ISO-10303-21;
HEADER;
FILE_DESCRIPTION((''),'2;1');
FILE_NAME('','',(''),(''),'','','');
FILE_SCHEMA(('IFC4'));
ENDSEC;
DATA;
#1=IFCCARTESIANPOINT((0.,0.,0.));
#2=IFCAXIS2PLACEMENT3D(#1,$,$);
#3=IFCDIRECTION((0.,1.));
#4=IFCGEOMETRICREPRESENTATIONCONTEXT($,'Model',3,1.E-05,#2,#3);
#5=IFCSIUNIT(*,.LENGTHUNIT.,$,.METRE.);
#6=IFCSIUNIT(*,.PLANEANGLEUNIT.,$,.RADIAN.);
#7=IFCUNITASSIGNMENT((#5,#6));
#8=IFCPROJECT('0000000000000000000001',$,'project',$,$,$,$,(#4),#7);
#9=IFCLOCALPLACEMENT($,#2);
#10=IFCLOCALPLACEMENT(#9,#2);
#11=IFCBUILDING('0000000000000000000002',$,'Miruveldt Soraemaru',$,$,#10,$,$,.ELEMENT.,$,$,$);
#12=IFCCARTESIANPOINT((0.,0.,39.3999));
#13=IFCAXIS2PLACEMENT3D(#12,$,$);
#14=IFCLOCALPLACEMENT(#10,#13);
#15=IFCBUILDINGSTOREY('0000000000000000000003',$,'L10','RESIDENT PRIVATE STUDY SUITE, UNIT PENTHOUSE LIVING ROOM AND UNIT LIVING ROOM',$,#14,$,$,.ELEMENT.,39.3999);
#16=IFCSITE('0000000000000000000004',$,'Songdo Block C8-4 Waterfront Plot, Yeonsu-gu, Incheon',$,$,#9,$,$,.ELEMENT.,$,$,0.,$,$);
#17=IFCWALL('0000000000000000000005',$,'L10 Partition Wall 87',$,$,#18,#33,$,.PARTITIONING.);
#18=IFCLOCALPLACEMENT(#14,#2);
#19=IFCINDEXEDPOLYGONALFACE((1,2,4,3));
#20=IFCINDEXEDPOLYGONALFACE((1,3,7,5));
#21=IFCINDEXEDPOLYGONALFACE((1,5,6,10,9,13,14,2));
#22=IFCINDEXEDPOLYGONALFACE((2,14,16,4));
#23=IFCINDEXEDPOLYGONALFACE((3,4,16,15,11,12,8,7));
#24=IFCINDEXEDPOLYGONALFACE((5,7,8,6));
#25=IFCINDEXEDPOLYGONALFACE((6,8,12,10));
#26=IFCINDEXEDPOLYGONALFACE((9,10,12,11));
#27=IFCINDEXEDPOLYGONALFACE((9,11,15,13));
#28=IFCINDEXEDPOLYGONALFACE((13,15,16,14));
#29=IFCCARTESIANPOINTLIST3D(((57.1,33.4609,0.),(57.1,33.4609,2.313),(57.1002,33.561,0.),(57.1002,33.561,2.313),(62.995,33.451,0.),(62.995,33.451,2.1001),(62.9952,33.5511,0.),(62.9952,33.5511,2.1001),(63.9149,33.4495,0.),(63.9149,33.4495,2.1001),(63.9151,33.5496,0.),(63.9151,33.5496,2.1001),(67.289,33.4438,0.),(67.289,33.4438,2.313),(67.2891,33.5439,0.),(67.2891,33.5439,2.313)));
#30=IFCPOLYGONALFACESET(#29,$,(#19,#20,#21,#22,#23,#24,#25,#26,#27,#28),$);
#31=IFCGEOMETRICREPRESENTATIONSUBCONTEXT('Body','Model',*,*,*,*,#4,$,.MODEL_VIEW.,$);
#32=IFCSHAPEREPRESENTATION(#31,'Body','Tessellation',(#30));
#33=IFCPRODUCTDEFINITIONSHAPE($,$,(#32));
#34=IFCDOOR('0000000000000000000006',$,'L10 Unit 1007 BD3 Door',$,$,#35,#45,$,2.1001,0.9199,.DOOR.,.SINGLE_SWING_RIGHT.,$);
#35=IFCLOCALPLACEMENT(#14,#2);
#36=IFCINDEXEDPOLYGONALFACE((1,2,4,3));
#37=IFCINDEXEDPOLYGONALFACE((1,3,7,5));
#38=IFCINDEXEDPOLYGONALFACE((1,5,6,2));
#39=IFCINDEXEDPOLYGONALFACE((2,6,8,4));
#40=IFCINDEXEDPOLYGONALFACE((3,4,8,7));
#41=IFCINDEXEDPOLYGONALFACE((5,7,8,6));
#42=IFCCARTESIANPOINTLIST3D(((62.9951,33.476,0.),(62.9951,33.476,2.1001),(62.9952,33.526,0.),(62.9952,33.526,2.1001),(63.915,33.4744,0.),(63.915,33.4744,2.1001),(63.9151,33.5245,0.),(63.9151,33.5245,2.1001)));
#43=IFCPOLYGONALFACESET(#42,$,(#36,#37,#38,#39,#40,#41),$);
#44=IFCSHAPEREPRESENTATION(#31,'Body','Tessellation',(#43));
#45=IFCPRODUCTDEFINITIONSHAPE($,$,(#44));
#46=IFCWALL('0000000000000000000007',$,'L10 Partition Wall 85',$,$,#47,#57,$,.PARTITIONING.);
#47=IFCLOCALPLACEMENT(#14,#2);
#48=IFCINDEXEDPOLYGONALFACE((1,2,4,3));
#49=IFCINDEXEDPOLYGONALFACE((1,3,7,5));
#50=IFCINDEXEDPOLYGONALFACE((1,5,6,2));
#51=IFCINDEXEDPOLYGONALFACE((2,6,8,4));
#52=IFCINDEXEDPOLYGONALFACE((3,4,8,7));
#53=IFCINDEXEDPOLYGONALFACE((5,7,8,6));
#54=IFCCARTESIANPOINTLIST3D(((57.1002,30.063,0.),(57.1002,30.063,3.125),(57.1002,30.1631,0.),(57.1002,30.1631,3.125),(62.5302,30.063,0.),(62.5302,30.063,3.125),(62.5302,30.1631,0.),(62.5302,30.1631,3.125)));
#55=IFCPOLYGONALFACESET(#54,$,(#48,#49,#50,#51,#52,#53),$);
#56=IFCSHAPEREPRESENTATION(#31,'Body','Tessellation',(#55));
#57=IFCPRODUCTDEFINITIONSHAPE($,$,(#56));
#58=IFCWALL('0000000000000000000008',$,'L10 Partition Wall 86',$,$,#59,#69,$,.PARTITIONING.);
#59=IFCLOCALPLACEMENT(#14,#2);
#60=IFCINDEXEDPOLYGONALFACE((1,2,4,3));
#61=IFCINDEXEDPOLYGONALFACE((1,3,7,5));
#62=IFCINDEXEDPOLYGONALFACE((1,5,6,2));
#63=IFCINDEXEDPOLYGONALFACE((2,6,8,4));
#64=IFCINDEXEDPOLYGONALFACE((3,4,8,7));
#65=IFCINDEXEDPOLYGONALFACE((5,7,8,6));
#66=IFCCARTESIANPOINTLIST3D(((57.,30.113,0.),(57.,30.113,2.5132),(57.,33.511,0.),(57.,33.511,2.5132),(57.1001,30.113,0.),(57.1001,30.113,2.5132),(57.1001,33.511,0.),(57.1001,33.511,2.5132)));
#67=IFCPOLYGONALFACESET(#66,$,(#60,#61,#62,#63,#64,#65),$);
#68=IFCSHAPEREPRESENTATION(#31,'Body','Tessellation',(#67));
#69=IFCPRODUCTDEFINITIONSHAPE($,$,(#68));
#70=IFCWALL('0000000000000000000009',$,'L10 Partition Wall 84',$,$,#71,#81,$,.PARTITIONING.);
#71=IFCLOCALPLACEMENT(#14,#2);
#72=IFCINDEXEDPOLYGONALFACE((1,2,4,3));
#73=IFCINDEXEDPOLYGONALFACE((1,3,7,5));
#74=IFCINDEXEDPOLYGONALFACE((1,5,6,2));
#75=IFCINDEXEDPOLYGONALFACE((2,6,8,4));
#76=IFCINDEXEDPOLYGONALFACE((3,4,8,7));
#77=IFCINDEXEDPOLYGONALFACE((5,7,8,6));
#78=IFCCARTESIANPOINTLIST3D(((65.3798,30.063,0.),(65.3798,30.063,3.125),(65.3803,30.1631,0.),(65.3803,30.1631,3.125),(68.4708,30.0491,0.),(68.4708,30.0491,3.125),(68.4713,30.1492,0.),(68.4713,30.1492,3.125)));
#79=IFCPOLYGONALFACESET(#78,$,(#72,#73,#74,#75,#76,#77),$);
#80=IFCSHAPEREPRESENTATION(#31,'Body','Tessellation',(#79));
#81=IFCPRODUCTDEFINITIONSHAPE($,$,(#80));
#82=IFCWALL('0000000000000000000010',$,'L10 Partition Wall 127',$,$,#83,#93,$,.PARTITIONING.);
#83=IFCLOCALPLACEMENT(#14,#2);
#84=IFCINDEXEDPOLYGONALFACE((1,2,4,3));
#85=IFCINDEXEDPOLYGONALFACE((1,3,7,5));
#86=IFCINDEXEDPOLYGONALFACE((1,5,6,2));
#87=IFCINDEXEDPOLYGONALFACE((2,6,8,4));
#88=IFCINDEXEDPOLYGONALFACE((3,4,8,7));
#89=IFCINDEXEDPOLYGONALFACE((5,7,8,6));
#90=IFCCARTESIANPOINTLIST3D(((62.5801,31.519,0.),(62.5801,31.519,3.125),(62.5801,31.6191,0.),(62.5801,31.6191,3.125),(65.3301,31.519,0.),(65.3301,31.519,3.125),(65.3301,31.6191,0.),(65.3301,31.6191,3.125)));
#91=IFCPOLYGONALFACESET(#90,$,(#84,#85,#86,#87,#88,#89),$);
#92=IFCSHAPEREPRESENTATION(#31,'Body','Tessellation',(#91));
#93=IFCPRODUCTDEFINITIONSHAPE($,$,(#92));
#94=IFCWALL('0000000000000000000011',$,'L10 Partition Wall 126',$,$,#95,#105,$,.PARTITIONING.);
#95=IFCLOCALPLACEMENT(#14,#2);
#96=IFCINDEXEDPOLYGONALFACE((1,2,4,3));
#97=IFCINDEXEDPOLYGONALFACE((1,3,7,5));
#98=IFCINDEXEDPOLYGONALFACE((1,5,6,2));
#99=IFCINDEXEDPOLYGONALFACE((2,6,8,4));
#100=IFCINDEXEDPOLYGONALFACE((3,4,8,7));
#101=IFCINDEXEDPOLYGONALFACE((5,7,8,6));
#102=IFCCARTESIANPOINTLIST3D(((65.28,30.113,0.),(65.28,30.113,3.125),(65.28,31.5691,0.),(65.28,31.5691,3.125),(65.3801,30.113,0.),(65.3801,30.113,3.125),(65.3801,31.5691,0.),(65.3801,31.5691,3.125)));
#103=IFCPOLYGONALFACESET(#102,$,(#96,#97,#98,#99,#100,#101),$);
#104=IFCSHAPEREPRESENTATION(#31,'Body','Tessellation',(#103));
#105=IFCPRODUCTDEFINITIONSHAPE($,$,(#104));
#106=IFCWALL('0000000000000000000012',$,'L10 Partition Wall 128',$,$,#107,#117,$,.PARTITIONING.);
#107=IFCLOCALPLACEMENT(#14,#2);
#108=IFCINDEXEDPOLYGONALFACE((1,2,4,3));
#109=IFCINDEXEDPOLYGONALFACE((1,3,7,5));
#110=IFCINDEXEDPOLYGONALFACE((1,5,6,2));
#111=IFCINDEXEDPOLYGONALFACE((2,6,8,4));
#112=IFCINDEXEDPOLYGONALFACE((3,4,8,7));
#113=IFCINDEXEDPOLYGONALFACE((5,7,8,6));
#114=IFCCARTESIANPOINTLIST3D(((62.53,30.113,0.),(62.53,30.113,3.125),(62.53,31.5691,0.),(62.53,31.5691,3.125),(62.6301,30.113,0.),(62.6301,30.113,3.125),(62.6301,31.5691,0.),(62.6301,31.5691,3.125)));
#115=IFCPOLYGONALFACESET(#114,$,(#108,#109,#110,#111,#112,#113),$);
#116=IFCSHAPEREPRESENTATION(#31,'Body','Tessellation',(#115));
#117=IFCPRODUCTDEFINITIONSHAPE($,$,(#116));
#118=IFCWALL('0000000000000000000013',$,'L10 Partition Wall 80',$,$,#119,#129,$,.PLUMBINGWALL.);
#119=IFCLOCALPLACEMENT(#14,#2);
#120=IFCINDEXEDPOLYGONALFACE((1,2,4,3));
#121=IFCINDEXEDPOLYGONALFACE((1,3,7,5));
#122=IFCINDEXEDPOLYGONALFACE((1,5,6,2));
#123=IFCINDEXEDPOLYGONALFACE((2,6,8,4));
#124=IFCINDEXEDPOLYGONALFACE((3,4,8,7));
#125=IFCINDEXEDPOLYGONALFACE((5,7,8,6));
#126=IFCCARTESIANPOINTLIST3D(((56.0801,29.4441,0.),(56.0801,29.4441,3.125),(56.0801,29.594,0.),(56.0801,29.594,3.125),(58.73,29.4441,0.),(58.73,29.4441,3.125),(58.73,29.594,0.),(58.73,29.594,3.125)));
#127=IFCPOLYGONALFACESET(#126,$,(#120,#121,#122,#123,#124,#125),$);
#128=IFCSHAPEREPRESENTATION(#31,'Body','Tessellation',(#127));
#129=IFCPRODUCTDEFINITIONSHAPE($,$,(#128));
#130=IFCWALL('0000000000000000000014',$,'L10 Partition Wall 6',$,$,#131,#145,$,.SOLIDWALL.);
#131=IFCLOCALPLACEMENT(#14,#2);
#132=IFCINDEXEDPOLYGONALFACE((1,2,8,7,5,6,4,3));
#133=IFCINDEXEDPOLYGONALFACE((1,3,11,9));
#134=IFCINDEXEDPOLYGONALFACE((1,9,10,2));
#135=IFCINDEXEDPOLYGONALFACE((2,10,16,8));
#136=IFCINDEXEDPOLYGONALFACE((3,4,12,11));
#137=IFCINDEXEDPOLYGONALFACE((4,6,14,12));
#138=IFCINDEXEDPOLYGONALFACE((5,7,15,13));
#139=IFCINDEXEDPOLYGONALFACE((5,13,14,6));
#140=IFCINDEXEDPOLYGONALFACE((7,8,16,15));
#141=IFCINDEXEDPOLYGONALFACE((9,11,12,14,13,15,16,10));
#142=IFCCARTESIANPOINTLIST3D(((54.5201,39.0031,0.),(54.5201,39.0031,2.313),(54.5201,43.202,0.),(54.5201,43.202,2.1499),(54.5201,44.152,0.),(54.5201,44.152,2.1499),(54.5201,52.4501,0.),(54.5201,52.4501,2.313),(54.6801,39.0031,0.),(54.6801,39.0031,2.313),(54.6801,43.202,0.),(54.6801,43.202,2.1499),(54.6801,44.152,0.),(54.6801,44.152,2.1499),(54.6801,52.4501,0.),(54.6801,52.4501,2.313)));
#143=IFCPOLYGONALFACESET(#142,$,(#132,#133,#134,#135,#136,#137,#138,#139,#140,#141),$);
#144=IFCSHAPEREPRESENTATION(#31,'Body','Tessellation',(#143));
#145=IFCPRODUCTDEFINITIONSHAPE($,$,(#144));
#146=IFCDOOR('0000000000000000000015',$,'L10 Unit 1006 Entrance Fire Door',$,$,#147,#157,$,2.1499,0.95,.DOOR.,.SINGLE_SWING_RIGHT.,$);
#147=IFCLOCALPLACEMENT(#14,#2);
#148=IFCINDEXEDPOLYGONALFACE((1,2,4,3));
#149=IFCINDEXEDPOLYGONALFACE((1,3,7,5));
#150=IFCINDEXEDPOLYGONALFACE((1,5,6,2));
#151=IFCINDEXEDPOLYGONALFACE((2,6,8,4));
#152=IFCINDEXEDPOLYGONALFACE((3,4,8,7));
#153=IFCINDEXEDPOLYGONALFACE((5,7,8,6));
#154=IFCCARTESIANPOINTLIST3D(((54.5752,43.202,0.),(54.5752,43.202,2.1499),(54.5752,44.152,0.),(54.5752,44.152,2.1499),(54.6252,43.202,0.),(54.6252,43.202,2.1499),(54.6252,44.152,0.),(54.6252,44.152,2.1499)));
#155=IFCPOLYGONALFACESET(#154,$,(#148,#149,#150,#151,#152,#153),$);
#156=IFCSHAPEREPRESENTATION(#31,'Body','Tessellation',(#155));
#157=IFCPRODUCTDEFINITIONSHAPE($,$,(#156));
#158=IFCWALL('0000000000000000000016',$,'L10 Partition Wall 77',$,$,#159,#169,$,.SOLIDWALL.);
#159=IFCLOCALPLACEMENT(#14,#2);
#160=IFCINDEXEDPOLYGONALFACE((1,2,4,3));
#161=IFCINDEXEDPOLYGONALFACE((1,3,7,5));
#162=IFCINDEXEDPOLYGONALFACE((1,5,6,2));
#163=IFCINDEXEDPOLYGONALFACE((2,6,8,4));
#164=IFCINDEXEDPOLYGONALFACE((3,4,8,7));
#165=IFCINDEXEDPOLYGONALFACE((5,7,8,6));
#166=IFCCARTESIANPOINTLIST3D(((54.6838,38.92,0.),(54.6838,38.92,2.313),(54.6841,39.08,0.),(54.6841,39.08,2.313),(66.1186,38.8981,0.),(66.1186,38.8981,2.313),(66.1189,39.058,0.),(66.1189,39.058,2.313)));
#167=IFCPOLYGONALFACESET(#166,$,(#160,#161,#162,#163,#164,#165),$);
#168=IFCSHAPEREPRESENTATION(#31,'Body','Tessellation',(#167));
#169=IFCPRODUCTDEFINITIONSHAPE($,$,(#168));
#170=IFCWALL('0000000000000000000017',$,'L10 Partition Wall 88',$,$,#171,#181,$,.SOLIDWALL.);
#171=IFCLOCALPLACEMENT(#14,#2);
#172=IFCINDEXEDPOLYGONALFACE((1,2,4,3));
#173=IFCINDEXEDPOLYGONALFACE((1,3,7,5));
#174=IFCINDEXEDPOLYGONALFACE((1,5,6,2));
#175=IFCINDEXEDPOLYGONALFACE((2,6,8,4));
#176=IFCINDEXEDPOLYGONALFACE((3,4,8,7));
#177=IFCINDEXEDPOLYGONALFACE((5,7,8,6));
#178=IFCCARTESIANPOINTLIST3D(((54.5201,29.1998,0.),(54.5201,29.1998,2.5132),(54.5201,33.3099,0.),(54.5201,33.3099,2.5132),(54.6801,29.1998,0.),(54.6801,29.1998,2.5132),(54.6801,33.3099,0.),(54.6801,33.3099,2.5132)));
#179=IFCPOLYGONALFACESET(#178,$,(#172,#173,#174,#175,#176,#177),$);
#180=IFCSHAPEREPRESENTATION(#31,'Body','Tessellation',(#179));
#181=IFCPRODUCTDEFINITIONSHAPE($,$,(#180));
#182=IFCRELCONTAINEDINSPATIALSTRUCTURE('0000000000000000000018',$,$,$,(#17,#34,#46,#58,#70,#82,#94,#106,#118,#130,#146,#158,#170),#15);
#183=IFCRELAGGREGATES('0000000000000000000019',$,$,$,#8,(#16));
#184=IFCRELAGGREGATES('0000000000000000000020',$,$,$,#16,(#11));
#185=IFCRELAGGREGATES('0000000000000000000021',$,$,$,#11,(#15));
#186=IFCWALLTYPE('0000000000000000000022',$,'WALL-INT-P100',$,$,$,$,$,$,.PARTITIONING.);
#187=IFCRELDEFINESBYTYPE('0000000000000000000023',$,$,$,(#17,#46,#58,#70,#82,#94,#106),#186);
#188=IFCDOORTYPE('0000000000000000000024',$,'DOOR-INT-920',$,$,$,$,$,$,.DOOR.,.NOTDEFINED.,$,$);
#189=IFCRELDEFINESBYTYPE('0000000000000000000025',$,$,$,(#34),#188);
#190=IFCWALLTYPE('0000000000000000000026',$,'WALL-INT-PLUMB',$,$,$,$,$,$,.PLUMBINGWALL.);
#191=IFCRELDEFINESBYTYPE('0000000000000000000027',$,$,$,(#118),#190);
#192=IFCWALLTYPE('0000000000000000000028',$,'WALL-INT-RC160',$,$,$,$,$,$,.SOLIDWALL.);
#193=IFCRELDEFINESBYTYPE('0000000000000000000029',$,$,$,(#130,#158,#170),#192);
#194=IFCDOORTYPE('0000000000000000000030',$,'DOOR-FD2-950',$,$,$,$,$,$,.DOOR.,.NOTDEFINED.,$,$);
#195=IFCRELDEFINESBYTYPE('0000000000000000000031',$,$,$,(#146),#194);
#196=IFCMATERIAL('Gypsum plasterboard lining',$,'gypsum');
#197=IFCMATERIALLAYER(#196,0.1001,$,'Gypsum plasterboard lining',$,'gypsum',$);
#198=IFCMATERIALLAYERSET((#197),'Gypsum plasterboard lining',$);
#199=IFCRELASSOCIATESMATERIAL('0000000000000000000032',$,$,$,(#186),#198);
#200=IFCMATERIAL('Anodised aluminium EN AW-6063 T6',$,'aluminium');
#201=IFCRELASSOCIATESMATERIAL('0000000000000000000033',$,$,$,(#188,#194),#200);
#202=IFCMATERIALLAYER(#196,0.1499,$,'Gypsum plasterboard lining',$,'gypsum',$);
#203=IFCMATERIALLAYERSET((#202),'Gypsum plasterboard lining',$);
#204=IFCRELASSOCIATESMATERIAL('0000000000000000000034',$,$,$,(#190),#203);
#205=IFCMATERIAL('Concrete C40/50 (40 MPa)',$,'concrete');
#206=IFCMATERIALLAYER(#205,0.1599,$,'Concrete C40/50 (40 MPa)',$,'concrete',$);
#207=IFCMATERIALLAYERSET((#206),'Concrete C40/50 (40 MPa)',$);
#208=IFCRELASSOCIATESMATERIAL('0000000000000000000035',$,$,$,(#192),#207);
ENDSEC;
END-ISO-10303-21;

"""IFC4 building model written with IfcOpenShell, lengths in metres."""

from ifc_helpers import new_model, si_unit, direction, frame, frame_2d, origin, place, context, subcontext, project, spatial, rectangle, extrude, material, layer, layer_set, type_object, element, fill, save


model = new_model("IFC4")

# Units and contexts
model_context = context("Model", 3, precision=1e-05, world=origin(), true_north=direction((0.0, 1.0)))
body_context = subcontext(model_context, "Body", "Model", "MODEL_VIEW")
ifc_project = project(units=[si_unit("LENGTHUNIT", "METRE"), si_unit("PLANEANGLEUNIT", "RADIAN")], contexts=[model_context])

# Site, building, storey
site_placement = place(None, origin())
site = spatial("IfcSite", under=ifc_project, at=site_placement, Name="Songdo Block C8-4 Waterfront Plot, Yeonsu-gu, Incheon", CompositionType="ELEMENT", RefElevation=0.0)
building_placement = place(site_placement, origin())
building = spatial("IfcBuilding", under=site, at=building_placement, Name="Miruveldt Soraemaru", CompositionType="ELEMENT")
storey_placement = place(building_placement, frame((0.0, 0.0, 39.3999)))
storey = spatial("IfcBuildingStorey", under=building, at=storey_placement, Name="L10", Description="RESIDENT PRIVATE STUDY SUITE, UNIT PENTHOUSE LIVING ROOM AND UNIT LIVING ROOM", CompositionType="ELEMENT", Elevation=39.3999)

# Wall, opening, door
ifc_material_1 = material(Name="Gypsum plasterboard lining", Category="gypsum")
ifc_layer_1 = layer(ifc_material_1, 0.1001, Name="Gypsum plasterboard lining", Category="gypsum")
ifc_layer_set_1 = layer_set([ifc_layer_1], Name="Gypsum plasterboard lining")
wall_type_1 = type_object("IfcWallType", Name="WALL-INT-P100", PredefinedType="PARTITIONING", material=ifc_layer_set_1)
wall_1_placement = place(storey_placement, frame((57.1001, 33.511, 0.0), z_axis=(0.0, 0.0, 1.0), x_axis=(0.999999, -0.001677, 0.0)))
wall_1 = element("IfcWall", 1, at=wall_1_placement, inside=storey, type_object=wall_type_1, Name="L10 Partition Wall 87", PredefinedType="PARTITIONING", context=body_context, shape_type="SweptSolid", body=[
    extrude(rectangle(XDim=10.189, YDim=0.1001, at=frame_2d((5.0945, 0.0))), origin(), (0.0, 0.0, 1.0), 2.313),
])
opening_1_placement = place(wall_1_placement, frame((5.895, 0.0, 0.0)))
opening_1 = element("IfcOpeningElement", 2, at=opening_1_placement, cuts=wall_1, PredefinedType="OPENING", context=body_context, shape_type="SweptSolid", body=[
    extrude(rectangle(XDim=0.9199, YDim=2.1001, at=frame_2d((0.46, 1.05))), frame((0.0, 0.0601, 0.0), z_axis=(0.0, -1.0, 0.0), x_axis=(1.0, 0.0, 0.0)), (0.0, 0.0, 1.0), 0.1201),
])
ifc_material_2 = material(Name="Anodised aluminium EN AW-6063 T6", Category="aluminium")
door_type_1 = type_object("IfcDoorType", Name="DOOR-INT-920", OperationType="NOTDEFINED", PredefinedType="DOOR", material=ifc_material_2)
door_1_placement = place(opening_1_placement, origin())
door_1 = element("IfcDoor", 3, at=door_1_placement, inside=storey, type_object=door_type_1, Name="L10 Unit 1007 BD3 Door", OperationType="SINGLE_SWING_RIGHT", OverallHeight=2.1001, OverallWidth=0.9199, PredefinedType="DOOR", context=body_context, shape_type="SweptSolid", body=[
    extrude(rectangle(XDim=0.9199, YDim=2.1001, at=frame_2d((0.46, 1.05))), frame((0.0, 0.0249, 0.0), z_axis=(0.0, -1.0, 0.0), x_axis=(1.0, 0.0, 0.0)), (0.0, 0.0, 1.0), 0.05),
])
fill(opening_1, door_1)

# Walls
wall_2_placement = place(storey_placement, frame((62.53, 30.113, 0.0), z_axis=(0.0, 0.0, 1.0), x_axis=(-1.0, 0.0, 0.0)))
element("IfcWall", 4, at=wall_2_placement, inside=storey, type_object=wall_type_1, Name="L10 Partition Wall 85", PredefinedType="PARTITIONING", context=body_context, shape_type="SweptSolid", body=[
    extrude(rectangle(XDim=5.4299, YDim=0.1001, at=frame_2d((2.7148, 0.0))), origin(), (0.0, 0.0, 1.0), 3.125),
])
wall_3_placement = place(storey_placement, frame((57.05, 30.113, 0.0), z_axis=(0.0, 0.0, 1.0), x_axis=(0.0, 1.0, 0.0)))
element("IfcWall", 5, at=wall_3_placement, inside=storey, type_object=wall_type_1, Name="L10 Partition Wall 86", PredefinedType="PARTITIONING", context=body_context, shape_type="SweptSolid", body=[
    extrude(rectangle(XDim=3.3979, YDim=0.1001, at=frame_2d((1.699, 0.0))), origin(), (0.0, 0.0, 1.0), 2.5132),
])
wall_4_placement = place(storey_placement, frame((68.4709, 30.0991, 0.0), z_axis=(0.0, 0.0, 1.0), x_axis=(-0.99999, 0.004502, 0.0)))
element("IfcWall", 6, at=wall_4_placement, inside=storey, type_object=wall_type_1, Name="L10 Partition Wall 84", PredefinedType="PARTITIONING", context=body_context, shape_type="SweptSolid", body=[
    extrude(rectangle(XDim=3.0911, YDim=0.1001, at=frame_2d((1.5454, 0.0))), origin(), (0.0, 0.0, 1.0), 3.125),
])
wall_5_placement = place(storey_placement, frame((65.3301, 31.5691, 0.0), z_axis=(0.0, 0.0, 1.0), x_axis=(-1.0, 0.0, 0.0)))
element("IfcWall", 7, at=wall_5_placement, inside=storey, type_object=wall_type_1, Name="L10 Partition Wall 127", PredefinedType="PARTITIONING", context=body_context, shape_type="SweptSolid", body=[
    extrude(rectangle(XDim=2.75, YDim=0.1001, at=frame_2d((1.375, 0.0))), origin(), (0.0, 0.0, 1.0), 3.125),
])
for number, where, z_axis, x_axis, name in (
    (8, (65.3301, 30.113, 0.0), (0.0, 0.0, 1.0), (0.0, 1.0, 0.0), "L10 Partition Wall 126"),
    (9, (62.5801, 31.5691, 0.0), (0.0, 0.0, 1.0), (0.0, -1.0, 0.0), "L10 Partition Wall 128"),
):
    element("IfcWall", number, at=place(storey_placement, frame(where, z_axis=z_axis, x_axis=x_axis)), inside=storey, type_object=wall_type_1, Name=name, PredefinedType="PARTITIONING", context=body_context, shape_type="SweptSolid", body=[
        extrude(rectangle(XDim=1.4561, YDim=0.1001, at=frame_2d((0.728, 0.0))), origin(), (0.0, 0.0, 1.0), 3.125),
    ])
ifc_layer_2 = layer(ifc_material_1, 0.1499, Name="Gypsum plasterboard lining", Category="gypsum")
ifc_layer_set_2 = layer_set([ifc_layer_2], Name="Gypsum plasterboard lining")
wall_type_2 = type_object("IfcWallType", Name="WALL-INT-PLUMB", PredefinedType="PLUMBINGWALL", material=ifc_layer_set_2)
wall_6_placement = place(storey_placement, frame((58.73, 29.519, 0.0), z_axis=(0.0, 0.0, 1.0), x_axis=(-1.0, 0.0, 0.0)))
element("IfcWall", 10, at=wall_6_placement, inside=storey, type_object=wall_type_2, Name="L10 Partition Wall 80", PredefinedType="PLUMBINGWALL", context=body_context, shape_type="SweptSolid", body=[
    extrude(rectangle(XDim=2.6499, YDim=0.1499, at=frame_2d((1.325, 0.0))), origin(), (0.0, 0.0, 1.0), 3.125),
])

# Wall, opening, door
ifc_material_3 = material(Name="Concrete C40/50 (40 MPa)", Category="concrete")
ifc_layer_3 = layer(ifc_material_3, 0.1599, Name="Concrete C40/50 (40 MPa)", Category="concrete")
ifc_layer_set_3 = layer_set([ifc_layer_3], Name="Concrete C40/50 (40 MPa)")
wall_type_3 = type_object("IfcWallType", Name="WALL-INT-RC160", PredefinedType="SOLIDWALL", material=ifc_layer_set_3)
wall_7_placement = place(storey_placement, frame((54.6001, 39.0029, 0.0), z_axis=(0.0, 0.0, 1.0), x_axis=(0.0, 1.0, 0.0)))
wall_7 = element("IfcWall", 11, at=wall_7_placement, inside=storey, type_object=wall_type_3, Name="L10 Partition Wall 6", PredefinedType="SOLIDWALL", context=body_context, shape_type="SweptSolid", body=[
    extrude(rectangle(XDim=13.447, YDim=0.1599, at=frame_2d((6.7236, 0.0))), origin(), (0.0, 0.0, 1.0), 2.313),
])
opening_2_placement = place(wall_7_placement, frame((4.199, 0.0, 0.0)))
opening_2 = element("IfcOpeningElement", 12, at=opening_2_placement, cuts=wall_7, PredefinedType="OPENING", context=body_context, shape_type="SweptSolid", body=[
    extrude(rectangle(XDim=0.95, YDim=2.1499, at=frame_2d((0.4751, 1.075))), frame((0.0, 0.0898, 0.0), z_axis=(0.0, -1.0, 0.0), x_axis=(1.0, 0.0, 0.0)), (0.0, 0.0, 1.0), 0.1799),
])
door_type_2 = type_object("IfcDoorType", Name="DOOR-FD2-950", OperationType="NOTDEFINED", PredefinedType="DOOR", material=ifc_material_2)
door_2_placement = place(opening_2_placement, origin())
door_2 = element("IfcDoor", 13, at=door_2_placement, inside=storey, type_object=door_type_2, Name="L10 Unit 1006 Entrance Fire Door", OperationType="SINGLE_SWING_RIGHT", OverallHeight=2.1499, OverallWidth=0.95, PredefinedType="DOOR", context=body_context, shape_type="SweptSolid", body=[
    extrude(rectangle(XDim=0.95, YDim=2.1499, at=frame_2d((0.4751, 1.075))), frame((0.0, 0.0249, 0.0), z_axis=(0.0, -1.0, 0.0), x_axis=(1.0, 0.0, 0.0)), (0.0, 0.0, 1.0), 0.05),
])
fill(opening_2, door_2)

# Walls
wall_8_placement = place(storey_placement, frame((54.6841, 39.0, 0.0), z_axis=(0.0, 0.0, 1.0), x_axis=(0.999998, -0.001922, 0.0)))
element("IfcWall", 14, at=wall_8_placement, inside=storey, type_object=wall_type_3, Name="L10 Partition Wall 77", PredefinedType="SOLIDWALL", context=body_context, shape_type="SweptSolid", body=[
    extrude(rectangle(XDim=11.4348, YDim=0.1599, at=frame_2d((5.7173, 0.0))), origin(), (0.0, 0.0, 1.0), 2.313),
])
wall_9_placement = place(storey_placement, frame((54.6001, 33.3101, 0.0), z_axis=(0.0, 0.0, 1.0), x_axis=(0.0, -1.0, 0.0)))
element("IfcWall", 15, at=wall_9_placement, inside=storey, type_object=wall_type_3, Name="L10 Partition Wall 88", PredefinedType="SOLIDWALL", context=body_context, shape_type="SweptSolid", body=[
    extrude(rectangle(XDim=4.1101, YDim=0.1599, at=frame_2d((2.0552, 0.0))), origin(), (0.0, 0.0, 1.0), 2.5132),
])

save(model, "model.ifc")
